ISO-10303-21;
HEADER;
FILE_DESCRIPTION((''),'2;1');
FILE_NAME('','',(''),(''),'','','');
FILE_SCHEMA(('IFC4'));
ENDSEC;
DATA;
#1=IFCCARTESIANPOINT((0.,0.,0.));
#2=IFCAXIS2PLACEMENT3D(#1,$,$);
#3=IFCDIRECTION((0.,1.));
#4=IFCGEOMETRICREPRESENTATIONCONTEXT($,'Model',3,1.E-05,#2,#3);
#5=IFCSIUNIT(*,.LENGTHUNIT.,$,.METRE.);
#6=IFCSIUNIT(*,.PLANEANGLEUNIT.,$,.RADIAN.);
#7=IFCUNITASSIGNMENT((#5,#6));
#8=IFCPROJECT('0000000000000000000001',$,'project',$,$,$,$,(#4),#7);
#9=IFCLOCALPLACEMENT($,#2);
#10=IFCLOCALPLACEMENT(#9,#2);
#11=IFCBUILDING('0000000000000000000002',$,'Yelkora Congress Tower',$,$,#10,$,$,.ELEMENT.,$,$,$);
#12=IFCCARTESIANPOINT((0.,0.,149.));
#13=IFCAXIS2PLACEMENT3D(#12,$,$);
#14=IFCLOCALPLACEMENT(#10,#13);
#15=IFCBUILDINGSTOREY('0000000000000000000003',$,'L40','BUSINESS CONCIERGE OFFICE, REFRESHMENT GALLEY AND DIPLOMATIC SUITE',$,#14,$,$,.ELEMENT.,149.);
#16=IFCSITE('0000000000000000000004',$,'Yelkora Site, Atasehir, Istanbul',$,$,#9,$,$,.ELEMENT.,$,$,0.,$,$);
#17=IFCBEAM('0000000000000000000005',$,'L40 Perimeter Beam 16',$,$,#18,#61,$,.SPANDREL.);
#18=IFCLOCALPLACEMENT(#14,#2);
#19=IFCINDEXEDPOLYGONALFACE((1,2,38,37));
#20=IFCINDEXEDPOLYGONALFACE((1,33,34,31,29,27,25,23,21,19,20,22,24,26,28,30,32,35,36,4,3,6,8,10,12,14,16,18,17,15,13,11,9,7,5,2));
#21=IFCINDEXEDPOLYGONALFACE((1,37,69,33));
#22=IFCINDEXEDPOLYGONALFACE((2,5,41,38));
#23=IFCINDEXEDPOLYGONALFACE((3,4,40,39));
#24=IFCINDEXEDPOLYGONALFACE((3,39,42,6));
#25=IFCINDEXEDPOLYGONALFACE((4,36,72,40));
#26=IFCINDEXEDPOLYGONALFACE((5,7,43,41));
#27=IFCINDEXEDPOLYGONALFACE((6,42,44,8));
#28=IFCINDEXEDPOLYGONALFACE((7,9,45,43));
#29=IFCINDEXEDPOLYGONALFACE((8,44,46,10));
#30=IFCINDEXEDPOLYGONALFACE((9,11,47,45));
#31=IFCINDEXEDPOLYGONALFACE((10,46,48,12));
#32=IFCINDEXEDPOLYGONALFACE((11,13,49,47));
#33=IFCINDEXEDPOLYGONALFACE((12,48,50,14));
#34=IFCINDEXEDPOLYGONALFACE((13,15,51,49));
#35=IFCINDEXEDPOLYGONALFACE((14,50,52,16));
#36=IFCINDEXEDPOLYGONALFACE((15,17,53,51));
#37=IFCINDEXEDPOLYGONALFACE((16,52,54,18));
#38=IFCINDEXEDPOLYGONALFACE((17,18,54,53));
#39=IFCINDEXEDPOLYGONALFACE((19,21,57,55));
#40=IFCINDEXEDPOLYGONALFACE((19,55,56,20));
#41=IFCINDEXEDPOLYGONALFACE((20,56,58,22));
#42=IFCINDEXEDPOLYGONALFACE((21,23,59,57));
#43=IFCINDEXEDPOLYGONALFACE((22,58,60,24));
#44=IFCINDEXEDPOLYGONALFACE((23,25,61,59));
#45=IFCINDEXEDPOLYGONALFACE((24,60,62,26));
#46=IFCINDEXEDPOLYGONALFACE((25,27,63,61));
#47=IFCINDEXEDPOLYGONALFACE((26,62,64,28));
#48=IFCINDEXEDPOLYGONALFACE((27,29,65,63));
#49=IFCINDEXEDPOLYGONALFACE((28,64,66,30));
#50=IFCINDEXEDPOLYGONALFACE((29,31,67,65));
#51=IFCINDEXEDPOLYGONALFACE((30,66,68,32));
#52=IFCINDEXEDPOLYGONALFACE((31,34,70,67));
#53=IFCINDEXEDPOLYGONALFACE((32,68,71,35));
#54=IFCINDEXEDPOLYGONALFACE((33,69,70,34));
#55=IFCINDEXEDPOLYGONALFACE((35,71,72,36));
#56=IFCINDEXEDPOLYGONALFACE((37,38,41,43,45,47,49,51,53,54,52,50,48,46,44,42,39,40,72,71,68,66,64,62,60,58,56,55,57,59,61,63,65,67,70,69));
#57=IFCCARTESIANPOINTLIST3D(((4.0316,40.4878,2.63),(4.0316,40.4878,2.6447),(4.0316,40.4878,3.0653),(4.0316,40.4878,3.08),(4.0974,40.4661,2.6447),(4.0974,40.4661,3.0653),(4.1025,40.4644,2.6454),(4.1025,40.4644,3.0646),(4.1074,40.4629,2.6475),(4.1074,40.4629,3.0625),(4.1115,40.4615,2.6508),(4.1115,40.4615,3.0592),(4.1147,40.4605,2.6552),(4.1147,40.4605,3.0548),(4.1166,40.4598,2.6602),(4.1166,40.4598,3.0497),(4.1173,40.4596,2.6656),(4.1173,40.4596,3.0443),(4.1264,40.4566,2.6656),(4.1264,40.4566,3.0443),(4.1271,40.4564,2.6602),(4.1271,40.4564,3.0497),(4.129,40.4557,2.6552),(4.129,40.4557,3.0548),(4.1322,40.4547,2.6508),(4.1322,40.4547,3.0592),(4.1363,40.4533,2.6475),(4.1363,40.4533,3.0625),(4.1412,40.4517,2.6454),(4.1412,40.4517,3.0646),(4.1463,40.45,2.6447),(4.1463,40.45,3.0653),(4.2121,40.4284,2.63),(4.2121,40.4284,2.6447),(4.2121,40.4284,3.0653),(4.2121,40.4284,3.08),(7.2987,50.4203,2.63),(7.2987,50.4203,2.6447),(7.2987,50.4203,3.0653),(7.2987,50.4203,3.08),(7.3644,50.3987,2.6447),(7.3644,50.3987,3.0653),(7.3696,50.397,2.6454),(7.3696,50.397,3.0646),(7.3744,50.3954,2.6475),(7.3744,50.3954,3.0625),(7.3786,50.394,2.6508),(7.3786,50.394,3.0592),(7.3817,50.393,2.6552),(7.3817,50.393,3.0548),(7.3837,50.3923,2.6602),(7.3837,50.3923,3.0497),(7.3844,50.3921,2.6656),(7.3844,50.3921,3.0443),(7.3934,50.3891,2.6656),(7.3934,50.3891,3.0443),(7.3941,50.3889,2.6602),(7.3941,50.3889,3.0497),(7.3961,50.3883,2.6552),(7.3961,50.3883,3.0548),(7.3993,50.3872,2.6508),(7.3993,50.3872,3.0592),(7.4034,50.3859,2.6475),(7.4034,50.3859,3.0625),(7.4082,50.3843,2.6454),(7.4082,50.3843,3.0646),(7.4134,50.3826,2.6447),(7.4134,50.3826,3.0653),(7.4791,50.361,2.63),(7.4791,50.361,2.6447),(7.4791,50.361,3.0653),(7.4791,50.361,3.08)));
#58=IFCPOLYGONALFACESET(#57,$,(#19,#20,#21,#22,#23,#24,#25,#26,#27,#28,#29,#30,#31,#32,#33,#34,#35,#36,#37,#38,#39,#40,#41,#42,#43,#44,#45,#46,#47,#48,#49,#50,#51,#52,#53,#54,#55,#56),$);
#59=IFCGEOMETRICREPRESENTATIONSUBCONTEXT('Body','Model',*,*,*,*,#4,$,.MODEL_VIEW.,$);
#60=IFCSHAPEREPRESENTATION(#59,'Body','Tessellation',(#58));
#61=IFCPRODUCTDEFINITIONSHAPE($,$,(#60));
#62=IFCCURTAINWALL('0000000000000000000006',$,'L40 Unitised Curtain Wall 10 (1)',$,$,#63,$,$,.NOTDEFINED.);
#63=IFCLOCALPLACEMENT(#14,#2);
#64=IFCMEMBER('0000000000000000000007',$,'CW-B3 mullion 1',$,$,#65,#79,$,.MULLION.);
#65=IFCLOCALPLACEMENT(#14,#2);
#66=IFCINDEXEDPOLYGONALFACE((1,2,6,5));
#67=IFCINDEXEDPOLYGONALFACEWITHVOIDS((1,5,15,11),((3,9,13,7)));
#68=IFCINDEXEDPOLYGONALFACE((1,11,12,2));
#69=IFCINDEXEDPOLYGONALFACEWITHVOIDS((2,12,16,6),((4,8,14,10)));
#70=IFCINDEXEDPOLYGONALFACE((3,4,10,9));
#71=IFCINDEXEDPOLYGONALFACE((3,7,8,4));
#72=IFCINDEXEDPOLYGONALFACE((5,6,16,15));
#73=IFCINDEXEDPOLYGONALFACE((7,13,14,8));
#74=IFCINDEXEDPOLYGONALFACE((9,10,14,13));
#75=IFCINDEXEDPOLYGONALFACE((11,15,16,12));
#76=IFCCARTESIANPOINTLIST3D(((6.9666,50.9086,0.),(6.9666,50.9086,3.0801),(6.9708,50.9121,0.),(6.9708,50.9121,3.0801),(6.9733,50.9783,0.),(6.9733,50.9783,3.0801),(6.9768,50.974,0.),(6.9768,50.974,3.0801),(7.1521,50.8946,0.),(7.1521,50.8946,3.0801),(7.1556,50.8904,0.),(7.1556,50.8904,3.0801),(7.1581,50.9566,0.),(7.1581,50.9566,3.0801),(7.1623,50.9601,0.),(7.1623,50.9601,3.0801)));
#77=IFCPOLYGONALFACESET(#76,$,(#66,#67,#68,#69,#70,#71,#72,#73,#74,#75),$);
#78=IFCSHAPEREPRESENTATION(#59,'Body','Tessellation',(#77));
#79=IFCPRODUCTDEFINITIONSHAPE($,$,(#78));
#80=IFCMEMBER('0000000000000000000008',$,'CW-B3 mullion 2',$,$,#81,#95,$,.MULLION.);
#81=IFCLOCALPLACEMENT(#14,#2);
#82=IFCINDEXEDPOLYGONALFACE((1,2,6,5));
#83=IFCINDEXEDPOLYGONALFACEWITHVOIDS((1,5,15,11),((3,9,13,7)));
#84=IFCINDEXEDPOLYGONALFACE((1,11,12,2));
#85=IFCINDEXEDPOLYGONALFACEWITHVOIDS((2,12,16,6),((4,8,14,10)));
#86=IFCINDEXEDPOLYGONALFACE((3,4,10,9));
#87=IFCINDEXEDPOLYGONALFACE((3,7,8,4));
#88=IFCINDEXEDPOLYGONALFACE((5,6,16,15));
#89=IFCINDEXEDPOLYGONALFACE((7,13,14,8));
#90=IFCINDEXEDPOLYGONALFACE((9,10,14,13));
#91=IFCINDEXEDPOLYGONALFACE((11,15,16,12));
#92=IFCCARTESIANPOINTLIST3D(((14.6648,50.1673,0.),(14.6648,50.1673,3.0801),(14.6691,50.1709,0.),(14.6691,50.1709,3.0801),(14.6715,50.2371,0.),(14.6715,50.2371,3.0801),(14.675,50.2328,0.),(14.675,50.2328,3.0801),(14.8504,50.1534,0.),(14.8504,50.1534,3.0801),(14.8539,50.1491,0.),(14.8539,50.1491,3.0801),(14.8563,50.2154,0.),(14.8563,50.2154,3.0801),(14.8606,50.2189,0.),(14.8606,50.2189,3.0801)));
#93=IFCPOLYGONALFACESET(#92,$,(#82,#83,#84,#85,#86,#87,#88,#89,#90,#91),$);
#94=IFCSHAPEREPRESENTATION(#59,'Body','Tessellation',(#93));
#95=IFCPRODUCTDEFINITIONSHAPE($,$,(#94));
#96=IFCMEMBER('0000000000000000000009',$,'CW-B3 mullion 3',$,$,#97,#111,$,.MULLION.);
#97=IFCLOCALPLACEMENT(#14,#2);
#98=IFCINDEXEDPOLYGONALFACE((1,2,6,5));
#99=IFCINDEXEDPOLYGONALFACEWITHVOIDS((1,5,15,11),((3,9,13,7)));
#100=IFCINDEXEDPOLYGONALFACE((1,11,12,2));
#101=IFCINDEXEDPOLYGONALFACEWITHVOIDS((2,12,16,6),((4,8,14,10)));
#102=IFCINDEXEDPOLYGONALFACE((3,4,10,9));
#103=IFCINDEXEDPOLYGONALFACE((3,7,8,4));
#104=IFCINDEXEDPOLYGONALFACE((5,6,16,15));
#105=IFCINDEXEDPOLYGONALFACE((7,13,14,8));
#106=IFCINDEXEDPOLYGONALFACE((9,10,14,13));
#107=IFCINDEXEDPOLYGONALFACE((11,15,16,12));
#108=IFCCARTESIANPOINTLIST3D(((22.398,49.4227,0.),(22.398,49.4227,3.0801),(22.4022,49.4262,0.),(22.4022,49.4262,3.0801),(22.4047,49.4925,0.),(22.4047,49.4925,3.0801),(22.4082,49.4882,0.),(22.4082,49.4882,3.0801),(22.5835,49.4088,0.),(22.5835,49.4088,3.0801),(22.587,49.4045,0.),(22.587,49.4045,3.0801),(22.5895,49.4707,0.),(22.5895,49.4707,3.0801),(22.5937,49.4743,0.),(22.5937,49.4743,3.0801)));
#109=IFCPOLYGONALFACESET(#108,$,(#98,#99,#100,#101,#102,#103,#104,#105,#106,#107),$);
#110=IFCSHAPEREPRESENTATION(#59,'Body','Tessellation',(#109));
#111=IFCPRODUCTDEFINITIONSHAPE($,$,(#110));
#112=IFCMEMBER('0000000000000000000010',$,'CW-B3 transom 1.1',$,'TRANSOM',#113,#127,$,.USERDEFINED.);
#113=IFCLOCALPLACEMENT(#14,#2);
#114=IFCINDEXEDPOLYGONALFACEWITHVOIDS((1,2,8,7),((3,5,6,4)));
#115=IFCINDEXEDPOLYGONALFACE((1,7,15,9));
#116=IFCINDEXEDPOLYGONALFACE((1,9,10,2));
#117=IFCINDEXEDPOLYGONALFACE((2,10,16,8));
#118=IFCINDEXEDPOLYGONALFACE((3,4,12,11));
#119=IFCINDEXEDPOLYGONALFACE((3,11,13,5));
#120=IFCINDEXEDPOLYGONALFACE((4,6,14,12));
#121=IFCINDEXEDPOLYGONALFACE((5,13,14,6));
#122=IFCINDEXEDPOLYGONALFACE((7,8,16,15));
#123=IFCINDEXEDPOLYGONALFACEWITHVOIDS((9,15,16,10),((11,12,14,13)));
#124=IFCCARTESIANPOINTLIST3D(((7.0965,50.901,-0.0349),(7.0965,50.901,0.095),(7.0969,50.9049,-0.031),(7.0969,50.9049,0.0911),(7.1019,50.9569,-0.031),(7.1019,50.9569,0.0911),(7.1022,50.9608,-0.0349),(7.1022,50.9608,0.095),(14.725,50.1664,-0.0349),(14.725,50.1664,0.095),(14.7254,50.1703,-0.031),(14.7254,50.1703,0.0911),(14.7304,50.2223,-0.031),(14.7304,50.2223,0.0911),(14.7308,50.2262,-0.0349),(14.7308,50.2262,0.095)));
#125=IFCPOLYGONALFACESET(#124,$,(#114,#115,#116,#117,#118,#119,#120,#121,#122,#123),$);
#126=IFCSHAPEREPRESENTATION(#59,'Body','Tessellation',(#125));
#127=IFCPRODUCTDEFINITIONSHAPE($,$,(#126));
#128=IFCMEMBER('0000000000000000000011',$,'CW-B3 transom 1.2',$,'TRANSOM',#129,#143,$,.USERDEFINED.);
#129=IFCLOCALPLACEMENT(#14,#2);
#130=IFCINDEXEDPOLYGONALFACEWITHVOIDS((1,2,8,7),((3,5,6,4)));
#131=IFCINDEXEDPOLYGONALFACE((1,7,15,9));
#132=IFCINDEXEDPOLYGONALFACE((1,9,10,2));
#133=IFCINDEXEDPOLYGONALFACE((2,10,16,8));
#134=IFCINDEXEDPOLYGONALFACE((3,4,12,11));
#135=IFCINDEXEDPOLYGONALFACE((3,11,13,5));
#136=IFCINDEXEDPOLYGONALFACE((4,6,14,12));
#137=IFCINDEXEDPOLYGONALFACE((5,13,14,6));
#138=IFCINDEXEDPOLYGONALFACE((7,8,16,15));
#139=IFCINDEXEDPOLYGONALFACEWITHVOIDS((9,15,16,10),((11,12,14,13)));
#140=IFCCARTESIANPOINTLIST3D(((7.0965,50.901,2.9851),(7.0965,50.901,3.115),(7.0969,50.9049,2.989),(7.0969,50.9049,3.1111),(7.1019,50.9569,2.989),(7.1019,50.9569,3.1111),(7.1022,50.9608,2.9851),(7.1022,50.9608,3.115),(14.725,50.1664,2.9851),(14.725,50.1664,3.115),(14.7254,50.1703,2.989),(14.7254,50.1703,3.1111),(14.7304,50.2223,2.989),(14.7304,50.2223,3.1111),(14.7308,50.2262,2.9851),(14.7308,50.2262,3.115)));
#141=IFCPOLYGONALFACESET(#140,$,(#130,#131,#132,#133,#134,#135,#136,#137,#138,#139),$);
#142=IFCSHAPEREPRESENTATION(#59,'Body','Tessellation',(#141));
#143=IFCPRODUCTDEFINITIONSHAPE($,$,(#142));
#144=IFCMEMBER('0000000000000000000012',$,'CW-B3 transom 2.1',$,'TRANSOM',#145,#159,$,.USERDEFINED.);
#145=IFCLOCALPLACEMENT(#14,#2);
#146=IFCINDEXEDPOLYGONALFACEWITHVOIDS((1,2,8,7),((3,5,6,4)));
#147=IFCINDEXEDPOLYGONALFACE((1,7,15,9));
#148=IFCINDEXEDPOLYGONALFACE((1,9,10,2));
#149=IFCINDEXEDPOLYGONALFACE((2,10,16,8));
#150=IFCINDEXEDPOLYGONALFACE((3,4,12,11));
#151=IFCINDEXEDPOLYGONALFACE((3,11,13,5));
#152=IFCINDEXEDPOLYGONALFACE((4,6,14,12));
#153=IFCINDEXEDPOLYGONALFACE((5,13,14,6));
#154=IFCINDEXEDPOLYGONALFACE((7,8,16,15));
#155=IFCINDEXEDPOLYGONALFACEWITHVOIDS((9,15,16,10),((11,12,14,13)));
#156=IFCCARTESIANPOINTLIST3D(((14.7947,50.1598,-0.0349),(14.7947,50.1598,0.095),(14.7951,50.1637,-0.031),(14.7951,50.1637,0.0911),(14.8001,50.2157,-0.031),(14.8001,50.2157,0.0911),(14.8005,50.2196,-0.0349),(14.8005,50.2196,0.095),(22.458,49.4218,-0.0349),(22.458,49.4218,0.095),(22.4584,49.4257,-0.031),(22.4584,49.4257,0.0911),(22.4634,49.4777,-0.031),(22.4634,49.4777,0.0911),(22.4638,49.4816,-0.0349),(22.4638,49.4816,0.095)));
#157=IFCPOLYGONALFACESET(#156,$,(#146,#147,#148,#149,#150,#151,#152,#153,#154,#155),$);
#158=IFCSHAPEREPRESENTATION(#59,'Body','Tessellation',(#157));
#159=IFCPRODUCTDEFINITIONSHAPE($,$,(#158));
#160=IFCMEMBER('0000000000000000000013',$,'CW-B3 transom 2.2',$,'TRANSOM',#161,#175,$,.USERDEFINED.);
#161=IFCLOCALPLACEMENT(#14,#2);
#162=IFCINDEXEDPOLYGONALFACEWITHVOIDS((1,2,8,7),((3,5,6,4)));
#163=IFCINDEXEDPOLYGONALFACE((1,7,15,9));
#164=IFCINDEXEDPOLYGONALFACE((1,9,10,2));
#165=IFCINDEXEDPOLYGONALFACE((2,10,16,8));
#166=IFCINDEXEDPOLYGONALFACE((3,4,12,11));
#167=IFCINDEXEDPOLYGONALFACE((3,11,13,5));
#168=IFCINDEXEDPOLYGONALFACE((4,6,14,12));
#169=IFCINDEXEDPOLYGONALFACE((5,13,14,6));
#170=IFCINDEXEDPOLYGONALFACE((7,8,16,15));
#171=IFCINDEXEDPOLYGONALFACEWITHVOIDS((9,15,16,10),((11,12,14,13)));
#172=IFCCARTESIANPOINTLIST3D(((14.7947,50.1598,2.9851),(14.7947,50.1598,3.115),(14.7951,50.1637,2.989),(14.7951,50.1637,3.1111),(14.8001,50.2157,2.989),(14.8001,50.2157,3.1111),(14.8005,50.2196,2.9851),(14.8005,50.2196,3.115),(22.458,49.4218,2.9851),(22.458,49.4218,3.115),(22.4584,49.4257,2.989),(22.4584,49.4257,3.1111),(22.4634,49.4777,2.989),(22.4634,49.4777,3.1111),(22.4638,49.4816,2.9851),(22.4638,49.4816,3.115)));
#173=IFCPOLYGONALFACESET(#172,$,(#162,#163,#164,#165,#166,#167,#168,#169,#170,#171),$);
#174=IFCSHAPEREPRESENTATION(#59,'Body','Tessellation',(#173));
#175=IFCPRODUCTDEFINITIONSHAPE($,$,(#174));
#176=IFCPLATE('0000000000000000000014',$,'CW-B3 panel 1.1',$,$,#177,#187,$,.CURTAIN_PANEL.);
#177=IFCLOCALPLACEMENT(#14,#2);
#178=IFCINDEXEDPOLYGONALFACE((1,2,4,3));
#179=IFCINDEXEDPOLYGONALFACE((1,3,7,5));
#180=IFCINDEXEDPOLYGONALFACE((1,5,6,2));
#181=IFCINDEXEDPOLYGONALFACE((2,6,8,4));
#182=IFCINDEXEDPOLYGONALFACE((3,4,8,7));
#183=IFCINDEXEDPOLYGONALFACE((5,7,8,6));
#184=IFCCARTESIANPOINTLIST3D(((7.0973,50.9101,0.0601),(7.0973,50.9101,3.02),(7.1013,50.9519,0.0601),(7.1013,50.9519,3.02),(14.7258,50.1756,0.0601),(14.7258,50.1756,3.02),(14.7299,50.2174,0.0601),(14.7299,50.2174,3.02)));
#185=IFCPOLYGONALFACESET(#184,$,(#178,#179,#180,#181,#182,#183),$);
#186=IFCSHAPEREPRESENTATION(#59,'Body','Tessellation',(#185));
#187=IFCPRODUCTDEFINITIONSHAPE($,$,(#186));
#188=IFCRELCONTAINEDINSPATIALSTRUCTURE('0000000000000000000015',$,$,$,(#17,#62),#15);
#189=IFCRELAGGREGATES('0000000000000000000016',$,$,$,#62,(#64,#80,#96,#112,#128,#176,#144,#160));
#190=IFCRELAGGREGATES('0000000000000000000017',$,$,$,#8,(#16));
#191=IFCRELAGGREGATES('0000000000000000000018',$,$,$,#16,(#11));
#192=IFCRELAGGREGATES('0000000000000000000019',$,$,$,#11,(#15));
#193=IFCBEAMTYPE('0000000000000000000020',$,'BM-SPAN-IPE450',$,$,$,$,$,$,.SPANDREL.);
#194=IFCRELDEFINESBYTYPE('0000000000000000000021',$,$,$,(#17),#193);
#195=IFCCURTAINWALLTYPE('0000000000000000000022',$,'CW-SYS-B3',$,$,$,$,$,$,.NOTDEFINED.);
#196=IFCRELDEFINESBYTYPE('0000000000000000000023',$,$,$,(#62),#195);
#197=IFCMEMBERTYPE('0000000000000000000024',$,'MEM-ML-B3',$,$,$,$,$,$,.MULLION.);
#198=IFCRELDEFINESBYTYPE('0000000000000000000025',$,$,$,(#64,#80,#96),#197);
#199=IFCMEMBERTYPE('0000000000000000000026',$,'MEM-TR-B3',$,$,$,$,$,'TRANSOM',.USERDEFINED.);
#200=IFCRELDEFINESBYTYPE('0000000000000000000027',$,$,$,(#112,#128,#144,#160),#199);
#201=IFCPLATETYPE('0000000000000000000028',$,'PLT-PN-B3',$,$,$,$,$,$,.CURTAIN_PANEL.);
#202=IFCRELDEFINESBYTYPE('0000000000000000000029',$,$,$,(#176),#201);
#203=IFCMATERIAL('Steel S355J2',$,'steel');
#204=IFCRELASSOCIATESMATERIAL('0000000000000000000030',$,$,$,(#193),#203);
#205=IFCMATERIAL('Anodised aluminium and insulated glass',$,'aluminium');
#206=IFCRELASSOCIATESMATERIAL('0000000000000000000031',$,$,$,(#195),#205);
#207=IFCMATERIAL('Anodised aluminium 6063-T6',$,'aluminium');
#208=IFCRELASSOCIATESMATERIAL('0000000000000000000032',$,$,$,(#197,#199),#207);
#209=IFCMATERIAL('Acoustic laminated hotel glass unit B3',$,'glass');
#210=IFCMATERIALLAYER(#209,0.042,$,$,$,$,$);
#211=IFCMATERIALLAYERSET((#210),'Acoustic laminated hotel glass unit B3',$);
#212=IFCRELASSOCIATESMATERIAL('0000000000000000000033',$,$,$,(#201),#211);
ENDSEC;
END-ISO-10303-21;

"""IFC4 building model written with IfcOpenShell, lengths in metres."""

from ifc_helpers import new_model, si_unit, direction, frame, origin, origin_2d, place, context, subcontext, project, spatial, rectangle, hollow_rectangle, i_section, extrude, material, layer, layer_set, material_profile, profile_set, type_object, element, aggregate, save


model = new_model("IFC4")

# Units and contexts
model_context = context("Model", 3, precision=1e-05, world=origin(), true_north=direction((0.0, 1.0)))
body_context = subcontext(model_context, "Body", "Model", "MODEL_VIEW")
ifc_project = project(units=[si_unit("LENGTHUNIT", "METRE"), si_unit("PLANEANGLEUNIT", "RADIAN")], contexts=[model_context])

# Site, building, storey
site_placement = place(None, origin())
site = spatial("IfcSite", under=ifc_project, at=site_placement, Name="Yelkora Site, Atasehir, Istanbul", CompositionType="ELEMENT", RefElevation=0.0)
building_placement = place(site_placement, origin())
building = spatial("IfcBuilding", under=site, at=building_placement, Name="Yelkora Congress Tower", CompositionType="ELEMENT")
storey_placement = place(building_placement, frame((0.0, 0.0, 149.0)))
storey = spatial("IfcBuildingStorey", under=building, at=storey_placement, Name="L40", Description="BUSINESS CONCIERGE OFFICE, REFRESHMENT GALLEY AND DIPLOMATIC SUITE", CompositionType="ELEMENT", Elevation=149.0)

# Beam
ifc_material_1 = material(Name="Steel S355J2", Category="steel")
ifc_material_profile_1 = material_profile(ifc_material_1, i_section(OverallWidth=0.1899, OverallDepth=0.45, WebThickness=0.0095, FlangeThickness=0.0146, FilletRadius=0.021, at=origin_2d()), Name="IPE 450")
ifc_profile_set_1 = profile_set([ifc_material_profile_1], Name="Steel S355J2")
beam_type_1 = type_object("IfcBeamType", Name="BM-SPAN-IPE450", PredefinedType="SPANDREL", material=ifc_profile_set_1)
beam_1_placement = place(storey_placement, frame((7.3889, 50.3906, 2.855), z_axis=(-0.312457, -0.949932, 0.0), x_axis=(0.949932, -0.312457, 0.0)))
element("IfcBeam", 1, at=beam_1_placement, inside=storey, type_object=beam_type_1, Name="L40 Perimeter Beam 16", PredefinedType="SPANDREL", context=body_context, shape_type="SweptSolid", body=[
    extrude(i_section(OverallWidth=0.1899, OverallDepth=0.45, WebThickness=0.0095, FlangeThickness=0.0146, FilletRadius=0.021, at=origin_2d()), origin(), (0.0, 0.0, 1.0), 10.4561),
])

# Curtain wall, members, plate
ifc_material_2 = material(Name="Anodised aluminium and insulated glass", Category="aluminium")
curtain_wall_type = type_object("IfcCurtainWallType", Name="CW-SYS-B3", PredefinedType="NOTDEFINED", material=ifc_material_2)
curtain_wall_placement = place(storey_placement, origin())
curtain_wall = element("IfcCurtainWall", 2, at=curtain_wall_placement, inside=storey, type_object=curtain_wall_type, Name="L40 Unitised Curtain Wall 10 (1)", PredefinedType="NOTDEFINED")
ifc_material_3 = material(Name="Anodised aluminium 6063-T6", Category="aluminium")
ifc_material_profile_2 = material_profile(ifc_material_3, hollow_rectangle(XDim=0.0701, YDim=0.1899, WallThickness=0.0039, at=origin_2d()), Name="ALU 70x190x4")
ifc_profile_set_2 = profile_set([ifc_material_profile_2], Name="Anodised aluminium 6063-T6")
member_type_1 = type_object("IfcMemberType", Name="MEM-ML-B3", PredefinedType="MULLION", material=ifc_profile_set_2)
member_1_placement = place(storey_placement, frame((7.0645, 50.9343, 0.0), z_axis=(0.0, 0.0, 1.0), x_axis=(0.095845, 0.995396, 0.0)))
member_1 = element("IfcMember", 3, at=member_1_placement, type_object=member_type_1, Name="CW-B3 mullion 1", PredefinedType="MULLION", context=body_context, shape_type="SweptSolid", body=[
    extrude(hollow_rectangle(XDim=0.0701, YDim=0.1899, WallThickness=0.0039, at=origin_2d()), origin(), (0.0, 0.0, 1.0), 3.0801),
])
member_2_placement = place(storey_placement, frame((14.7627, 50.1931, 0.0), z_axis=(0.0, 0.0, 1.0), x_axis=(0.095845, 0.995396, 0.0)))
member_2 = element("IfcMember", 4, at=member_2_placement, type_object=member_type_1, Name="CW-B3 mullion 2", PredefinedType="MULLION", context=body_context, shape_type="SweptSolid", body=[
    extrude(hollow_rectangle(XDim=0.0701, YDim=0.1899, WallThickness=0.0039, at=origin_2d()), origin(), (0.0, 0.0, 1.0), 3.0801),
])
member_3_placement = place(storey_placement, frame((22.4958, 49.4485, 0.0), z_axis=(0.0, 0.0, 1.0), x_axis=(0.095845, 0.995396, 0.0)))
member_3 = element("IfcMember", 5, at=member_3_placement, type_object=member_type_1, Name="CW-B3 mullion 3", PredefinedType="MULLION", context=body_context, shape_type="SweptSolid", body=[
    extrude(hollow_rectangle(XDim=0.0701, YDim=0.1899, WallThickness=0.0039, at=origin_2d()), origin(), (0.0, 0.0, 1.0), 3.0801),
])
ifc_material_profile_3 = material_profile(ifc_material_3, hollow_rectangle(XDim=0.0601, YDim=0.1299, WallThickness=0.0039, at=origin_2d()), Name="ALU 60x130x4")
ifc_profile_set_3 = profile_set([ifc_material_profile_3], Name="Anodised aluminium 6063-T6")
member_type_2 = type_object("IfcMemberType", Name="MEM-TR-B3", ElementType="TRANSOM", PredefinedType="USERDEFINED", material=ifc_profile_set_3)
member_4_placement = place(storey_placement, frame((7.0994, 50.9309, 0.03), z_axis=(0.995395, -0.095857, 0.0), x_axis=(0.095857, 0.995395, 0.0)))
member_4 = element("IfcMember", 6, at=member_4_placement, type_object=member_type_2, Name="CW-B3 transom 1.1", ObjectType="TRANSOM", PredefinedType="USERDEFINED", context=body_context, shape_type="SweptSolid", body=[
    extrude(hollow_rectangle(XDim=0.0601, YDim=0.1299, WallThickness=0.0039, at=origin_2d()), origin(), (0.0, 0.0, 1.0), 7.6638),
])
member_5_placement = place(storey_placement, frame((7.0994, 50.9309, 3.05), z_axis=(0.995395, -0.095857, 0.0), x_axis=(0.095857, 0.995395, 0.0)))
member_5 = element("IfcMember", 7, at=member_5_placement, type_object=member_type_2, Name="CW-B3 transom 1.2", ObjectType="TRANSOM", PredefinedType="USERDEFINED", context=body_context, shape_type="SweptSolid", body=[
    extrude(hollow_rectangle(XDim=0.0601, YDim=0.1299, WallThickness=0.0039, at=origin_2d()), origin(), (0.0, 0.0, 1.0), 7.6638),
])
member_6_placement = place(storey_placement, frame((14.7976, 50.1897, 0.03), z_axis=(0.995394, -0.095864, 0.0), x_axis=(0.095864, 0.995394, 0.0)))
member_6 = element("IfcMember", 8, at=member_6_placement, type_object=member_type_2, Name="CW-B3 transom 2.1", ObjectType="TRANSOM", PredefinedType="USERDEFINED", context=body_context, shape_type="SweptSolid", body=[
    extrude(hollow_rectangle(XDim=0.0601, YDim=0.1299, WallThickness=0.0039, at=origin_2d()), origin(), (0.0, 0.0, 1.0), 7.6987),
])
member_7_placement = place(storey_placement, frame((14.7976, 50.1897, 3.05), z_axis=(0.995394, -0.095864, 0.0), x_axis=(0.095864, 0.995394, 0.0)))
member_7 = element("IfcMember", 9, at=member_7_placement, type_object=member_type_2, Name="CW-B3 transom 2.2", ObjectType="TRANSOM", PredefinedType="USERDEFINED", context=body_context, shape_type="SweptSolid", body=[
    extrude(hollow_rectangle(XDim=0.0601, YDim=0.1299, WallThickness=0.0039, at=origin_2d()), origin(), (0.0, 0.0, 1.0), 7.6987),
])
ifc_material_4 = material(Name="Acoustic laminated hotel glass unit B3", Category="glass")
ifc_layer_1 = layer(ifc_material_4, 0.042)
ifc_layer_set_1 = layer_set([ifc_layer_1], Name="Acoustic laminated hotel glass unit B3")
plate_type = type_object("IfcPlateType", Name="PLT-PN-B3", PredefinedType="CURTAIN_PANEL", material=ifc_layer_set_1)
plate_1_placement = place(storey_placement, frame((10.9136, 50.5637, 0.0601), z_axis=(0.0, 0.0, 1.0), x_axis=(0.995396, -0.095845, 0.0)))
plate_1 = element("IfcPlate", 10, at=plate_1_placement, type_object=plate_type, Name="CW-B3 panel 1.1", PredefinedType="CURTAIN_PANEL", context=body_context, shape_type="SweptSolid", body=[
    extrude(rectangle(XDim=7.6638, YDim=0.042, at=origin_2d()), origin(), (0.0, 0.0, 1.0), 2.96),
])
aggregate(curtain_wall, [member_1, member_2, member_3, member_4, member_5, plate_1, member_6, member_7])

save(model, "model.ifc")
